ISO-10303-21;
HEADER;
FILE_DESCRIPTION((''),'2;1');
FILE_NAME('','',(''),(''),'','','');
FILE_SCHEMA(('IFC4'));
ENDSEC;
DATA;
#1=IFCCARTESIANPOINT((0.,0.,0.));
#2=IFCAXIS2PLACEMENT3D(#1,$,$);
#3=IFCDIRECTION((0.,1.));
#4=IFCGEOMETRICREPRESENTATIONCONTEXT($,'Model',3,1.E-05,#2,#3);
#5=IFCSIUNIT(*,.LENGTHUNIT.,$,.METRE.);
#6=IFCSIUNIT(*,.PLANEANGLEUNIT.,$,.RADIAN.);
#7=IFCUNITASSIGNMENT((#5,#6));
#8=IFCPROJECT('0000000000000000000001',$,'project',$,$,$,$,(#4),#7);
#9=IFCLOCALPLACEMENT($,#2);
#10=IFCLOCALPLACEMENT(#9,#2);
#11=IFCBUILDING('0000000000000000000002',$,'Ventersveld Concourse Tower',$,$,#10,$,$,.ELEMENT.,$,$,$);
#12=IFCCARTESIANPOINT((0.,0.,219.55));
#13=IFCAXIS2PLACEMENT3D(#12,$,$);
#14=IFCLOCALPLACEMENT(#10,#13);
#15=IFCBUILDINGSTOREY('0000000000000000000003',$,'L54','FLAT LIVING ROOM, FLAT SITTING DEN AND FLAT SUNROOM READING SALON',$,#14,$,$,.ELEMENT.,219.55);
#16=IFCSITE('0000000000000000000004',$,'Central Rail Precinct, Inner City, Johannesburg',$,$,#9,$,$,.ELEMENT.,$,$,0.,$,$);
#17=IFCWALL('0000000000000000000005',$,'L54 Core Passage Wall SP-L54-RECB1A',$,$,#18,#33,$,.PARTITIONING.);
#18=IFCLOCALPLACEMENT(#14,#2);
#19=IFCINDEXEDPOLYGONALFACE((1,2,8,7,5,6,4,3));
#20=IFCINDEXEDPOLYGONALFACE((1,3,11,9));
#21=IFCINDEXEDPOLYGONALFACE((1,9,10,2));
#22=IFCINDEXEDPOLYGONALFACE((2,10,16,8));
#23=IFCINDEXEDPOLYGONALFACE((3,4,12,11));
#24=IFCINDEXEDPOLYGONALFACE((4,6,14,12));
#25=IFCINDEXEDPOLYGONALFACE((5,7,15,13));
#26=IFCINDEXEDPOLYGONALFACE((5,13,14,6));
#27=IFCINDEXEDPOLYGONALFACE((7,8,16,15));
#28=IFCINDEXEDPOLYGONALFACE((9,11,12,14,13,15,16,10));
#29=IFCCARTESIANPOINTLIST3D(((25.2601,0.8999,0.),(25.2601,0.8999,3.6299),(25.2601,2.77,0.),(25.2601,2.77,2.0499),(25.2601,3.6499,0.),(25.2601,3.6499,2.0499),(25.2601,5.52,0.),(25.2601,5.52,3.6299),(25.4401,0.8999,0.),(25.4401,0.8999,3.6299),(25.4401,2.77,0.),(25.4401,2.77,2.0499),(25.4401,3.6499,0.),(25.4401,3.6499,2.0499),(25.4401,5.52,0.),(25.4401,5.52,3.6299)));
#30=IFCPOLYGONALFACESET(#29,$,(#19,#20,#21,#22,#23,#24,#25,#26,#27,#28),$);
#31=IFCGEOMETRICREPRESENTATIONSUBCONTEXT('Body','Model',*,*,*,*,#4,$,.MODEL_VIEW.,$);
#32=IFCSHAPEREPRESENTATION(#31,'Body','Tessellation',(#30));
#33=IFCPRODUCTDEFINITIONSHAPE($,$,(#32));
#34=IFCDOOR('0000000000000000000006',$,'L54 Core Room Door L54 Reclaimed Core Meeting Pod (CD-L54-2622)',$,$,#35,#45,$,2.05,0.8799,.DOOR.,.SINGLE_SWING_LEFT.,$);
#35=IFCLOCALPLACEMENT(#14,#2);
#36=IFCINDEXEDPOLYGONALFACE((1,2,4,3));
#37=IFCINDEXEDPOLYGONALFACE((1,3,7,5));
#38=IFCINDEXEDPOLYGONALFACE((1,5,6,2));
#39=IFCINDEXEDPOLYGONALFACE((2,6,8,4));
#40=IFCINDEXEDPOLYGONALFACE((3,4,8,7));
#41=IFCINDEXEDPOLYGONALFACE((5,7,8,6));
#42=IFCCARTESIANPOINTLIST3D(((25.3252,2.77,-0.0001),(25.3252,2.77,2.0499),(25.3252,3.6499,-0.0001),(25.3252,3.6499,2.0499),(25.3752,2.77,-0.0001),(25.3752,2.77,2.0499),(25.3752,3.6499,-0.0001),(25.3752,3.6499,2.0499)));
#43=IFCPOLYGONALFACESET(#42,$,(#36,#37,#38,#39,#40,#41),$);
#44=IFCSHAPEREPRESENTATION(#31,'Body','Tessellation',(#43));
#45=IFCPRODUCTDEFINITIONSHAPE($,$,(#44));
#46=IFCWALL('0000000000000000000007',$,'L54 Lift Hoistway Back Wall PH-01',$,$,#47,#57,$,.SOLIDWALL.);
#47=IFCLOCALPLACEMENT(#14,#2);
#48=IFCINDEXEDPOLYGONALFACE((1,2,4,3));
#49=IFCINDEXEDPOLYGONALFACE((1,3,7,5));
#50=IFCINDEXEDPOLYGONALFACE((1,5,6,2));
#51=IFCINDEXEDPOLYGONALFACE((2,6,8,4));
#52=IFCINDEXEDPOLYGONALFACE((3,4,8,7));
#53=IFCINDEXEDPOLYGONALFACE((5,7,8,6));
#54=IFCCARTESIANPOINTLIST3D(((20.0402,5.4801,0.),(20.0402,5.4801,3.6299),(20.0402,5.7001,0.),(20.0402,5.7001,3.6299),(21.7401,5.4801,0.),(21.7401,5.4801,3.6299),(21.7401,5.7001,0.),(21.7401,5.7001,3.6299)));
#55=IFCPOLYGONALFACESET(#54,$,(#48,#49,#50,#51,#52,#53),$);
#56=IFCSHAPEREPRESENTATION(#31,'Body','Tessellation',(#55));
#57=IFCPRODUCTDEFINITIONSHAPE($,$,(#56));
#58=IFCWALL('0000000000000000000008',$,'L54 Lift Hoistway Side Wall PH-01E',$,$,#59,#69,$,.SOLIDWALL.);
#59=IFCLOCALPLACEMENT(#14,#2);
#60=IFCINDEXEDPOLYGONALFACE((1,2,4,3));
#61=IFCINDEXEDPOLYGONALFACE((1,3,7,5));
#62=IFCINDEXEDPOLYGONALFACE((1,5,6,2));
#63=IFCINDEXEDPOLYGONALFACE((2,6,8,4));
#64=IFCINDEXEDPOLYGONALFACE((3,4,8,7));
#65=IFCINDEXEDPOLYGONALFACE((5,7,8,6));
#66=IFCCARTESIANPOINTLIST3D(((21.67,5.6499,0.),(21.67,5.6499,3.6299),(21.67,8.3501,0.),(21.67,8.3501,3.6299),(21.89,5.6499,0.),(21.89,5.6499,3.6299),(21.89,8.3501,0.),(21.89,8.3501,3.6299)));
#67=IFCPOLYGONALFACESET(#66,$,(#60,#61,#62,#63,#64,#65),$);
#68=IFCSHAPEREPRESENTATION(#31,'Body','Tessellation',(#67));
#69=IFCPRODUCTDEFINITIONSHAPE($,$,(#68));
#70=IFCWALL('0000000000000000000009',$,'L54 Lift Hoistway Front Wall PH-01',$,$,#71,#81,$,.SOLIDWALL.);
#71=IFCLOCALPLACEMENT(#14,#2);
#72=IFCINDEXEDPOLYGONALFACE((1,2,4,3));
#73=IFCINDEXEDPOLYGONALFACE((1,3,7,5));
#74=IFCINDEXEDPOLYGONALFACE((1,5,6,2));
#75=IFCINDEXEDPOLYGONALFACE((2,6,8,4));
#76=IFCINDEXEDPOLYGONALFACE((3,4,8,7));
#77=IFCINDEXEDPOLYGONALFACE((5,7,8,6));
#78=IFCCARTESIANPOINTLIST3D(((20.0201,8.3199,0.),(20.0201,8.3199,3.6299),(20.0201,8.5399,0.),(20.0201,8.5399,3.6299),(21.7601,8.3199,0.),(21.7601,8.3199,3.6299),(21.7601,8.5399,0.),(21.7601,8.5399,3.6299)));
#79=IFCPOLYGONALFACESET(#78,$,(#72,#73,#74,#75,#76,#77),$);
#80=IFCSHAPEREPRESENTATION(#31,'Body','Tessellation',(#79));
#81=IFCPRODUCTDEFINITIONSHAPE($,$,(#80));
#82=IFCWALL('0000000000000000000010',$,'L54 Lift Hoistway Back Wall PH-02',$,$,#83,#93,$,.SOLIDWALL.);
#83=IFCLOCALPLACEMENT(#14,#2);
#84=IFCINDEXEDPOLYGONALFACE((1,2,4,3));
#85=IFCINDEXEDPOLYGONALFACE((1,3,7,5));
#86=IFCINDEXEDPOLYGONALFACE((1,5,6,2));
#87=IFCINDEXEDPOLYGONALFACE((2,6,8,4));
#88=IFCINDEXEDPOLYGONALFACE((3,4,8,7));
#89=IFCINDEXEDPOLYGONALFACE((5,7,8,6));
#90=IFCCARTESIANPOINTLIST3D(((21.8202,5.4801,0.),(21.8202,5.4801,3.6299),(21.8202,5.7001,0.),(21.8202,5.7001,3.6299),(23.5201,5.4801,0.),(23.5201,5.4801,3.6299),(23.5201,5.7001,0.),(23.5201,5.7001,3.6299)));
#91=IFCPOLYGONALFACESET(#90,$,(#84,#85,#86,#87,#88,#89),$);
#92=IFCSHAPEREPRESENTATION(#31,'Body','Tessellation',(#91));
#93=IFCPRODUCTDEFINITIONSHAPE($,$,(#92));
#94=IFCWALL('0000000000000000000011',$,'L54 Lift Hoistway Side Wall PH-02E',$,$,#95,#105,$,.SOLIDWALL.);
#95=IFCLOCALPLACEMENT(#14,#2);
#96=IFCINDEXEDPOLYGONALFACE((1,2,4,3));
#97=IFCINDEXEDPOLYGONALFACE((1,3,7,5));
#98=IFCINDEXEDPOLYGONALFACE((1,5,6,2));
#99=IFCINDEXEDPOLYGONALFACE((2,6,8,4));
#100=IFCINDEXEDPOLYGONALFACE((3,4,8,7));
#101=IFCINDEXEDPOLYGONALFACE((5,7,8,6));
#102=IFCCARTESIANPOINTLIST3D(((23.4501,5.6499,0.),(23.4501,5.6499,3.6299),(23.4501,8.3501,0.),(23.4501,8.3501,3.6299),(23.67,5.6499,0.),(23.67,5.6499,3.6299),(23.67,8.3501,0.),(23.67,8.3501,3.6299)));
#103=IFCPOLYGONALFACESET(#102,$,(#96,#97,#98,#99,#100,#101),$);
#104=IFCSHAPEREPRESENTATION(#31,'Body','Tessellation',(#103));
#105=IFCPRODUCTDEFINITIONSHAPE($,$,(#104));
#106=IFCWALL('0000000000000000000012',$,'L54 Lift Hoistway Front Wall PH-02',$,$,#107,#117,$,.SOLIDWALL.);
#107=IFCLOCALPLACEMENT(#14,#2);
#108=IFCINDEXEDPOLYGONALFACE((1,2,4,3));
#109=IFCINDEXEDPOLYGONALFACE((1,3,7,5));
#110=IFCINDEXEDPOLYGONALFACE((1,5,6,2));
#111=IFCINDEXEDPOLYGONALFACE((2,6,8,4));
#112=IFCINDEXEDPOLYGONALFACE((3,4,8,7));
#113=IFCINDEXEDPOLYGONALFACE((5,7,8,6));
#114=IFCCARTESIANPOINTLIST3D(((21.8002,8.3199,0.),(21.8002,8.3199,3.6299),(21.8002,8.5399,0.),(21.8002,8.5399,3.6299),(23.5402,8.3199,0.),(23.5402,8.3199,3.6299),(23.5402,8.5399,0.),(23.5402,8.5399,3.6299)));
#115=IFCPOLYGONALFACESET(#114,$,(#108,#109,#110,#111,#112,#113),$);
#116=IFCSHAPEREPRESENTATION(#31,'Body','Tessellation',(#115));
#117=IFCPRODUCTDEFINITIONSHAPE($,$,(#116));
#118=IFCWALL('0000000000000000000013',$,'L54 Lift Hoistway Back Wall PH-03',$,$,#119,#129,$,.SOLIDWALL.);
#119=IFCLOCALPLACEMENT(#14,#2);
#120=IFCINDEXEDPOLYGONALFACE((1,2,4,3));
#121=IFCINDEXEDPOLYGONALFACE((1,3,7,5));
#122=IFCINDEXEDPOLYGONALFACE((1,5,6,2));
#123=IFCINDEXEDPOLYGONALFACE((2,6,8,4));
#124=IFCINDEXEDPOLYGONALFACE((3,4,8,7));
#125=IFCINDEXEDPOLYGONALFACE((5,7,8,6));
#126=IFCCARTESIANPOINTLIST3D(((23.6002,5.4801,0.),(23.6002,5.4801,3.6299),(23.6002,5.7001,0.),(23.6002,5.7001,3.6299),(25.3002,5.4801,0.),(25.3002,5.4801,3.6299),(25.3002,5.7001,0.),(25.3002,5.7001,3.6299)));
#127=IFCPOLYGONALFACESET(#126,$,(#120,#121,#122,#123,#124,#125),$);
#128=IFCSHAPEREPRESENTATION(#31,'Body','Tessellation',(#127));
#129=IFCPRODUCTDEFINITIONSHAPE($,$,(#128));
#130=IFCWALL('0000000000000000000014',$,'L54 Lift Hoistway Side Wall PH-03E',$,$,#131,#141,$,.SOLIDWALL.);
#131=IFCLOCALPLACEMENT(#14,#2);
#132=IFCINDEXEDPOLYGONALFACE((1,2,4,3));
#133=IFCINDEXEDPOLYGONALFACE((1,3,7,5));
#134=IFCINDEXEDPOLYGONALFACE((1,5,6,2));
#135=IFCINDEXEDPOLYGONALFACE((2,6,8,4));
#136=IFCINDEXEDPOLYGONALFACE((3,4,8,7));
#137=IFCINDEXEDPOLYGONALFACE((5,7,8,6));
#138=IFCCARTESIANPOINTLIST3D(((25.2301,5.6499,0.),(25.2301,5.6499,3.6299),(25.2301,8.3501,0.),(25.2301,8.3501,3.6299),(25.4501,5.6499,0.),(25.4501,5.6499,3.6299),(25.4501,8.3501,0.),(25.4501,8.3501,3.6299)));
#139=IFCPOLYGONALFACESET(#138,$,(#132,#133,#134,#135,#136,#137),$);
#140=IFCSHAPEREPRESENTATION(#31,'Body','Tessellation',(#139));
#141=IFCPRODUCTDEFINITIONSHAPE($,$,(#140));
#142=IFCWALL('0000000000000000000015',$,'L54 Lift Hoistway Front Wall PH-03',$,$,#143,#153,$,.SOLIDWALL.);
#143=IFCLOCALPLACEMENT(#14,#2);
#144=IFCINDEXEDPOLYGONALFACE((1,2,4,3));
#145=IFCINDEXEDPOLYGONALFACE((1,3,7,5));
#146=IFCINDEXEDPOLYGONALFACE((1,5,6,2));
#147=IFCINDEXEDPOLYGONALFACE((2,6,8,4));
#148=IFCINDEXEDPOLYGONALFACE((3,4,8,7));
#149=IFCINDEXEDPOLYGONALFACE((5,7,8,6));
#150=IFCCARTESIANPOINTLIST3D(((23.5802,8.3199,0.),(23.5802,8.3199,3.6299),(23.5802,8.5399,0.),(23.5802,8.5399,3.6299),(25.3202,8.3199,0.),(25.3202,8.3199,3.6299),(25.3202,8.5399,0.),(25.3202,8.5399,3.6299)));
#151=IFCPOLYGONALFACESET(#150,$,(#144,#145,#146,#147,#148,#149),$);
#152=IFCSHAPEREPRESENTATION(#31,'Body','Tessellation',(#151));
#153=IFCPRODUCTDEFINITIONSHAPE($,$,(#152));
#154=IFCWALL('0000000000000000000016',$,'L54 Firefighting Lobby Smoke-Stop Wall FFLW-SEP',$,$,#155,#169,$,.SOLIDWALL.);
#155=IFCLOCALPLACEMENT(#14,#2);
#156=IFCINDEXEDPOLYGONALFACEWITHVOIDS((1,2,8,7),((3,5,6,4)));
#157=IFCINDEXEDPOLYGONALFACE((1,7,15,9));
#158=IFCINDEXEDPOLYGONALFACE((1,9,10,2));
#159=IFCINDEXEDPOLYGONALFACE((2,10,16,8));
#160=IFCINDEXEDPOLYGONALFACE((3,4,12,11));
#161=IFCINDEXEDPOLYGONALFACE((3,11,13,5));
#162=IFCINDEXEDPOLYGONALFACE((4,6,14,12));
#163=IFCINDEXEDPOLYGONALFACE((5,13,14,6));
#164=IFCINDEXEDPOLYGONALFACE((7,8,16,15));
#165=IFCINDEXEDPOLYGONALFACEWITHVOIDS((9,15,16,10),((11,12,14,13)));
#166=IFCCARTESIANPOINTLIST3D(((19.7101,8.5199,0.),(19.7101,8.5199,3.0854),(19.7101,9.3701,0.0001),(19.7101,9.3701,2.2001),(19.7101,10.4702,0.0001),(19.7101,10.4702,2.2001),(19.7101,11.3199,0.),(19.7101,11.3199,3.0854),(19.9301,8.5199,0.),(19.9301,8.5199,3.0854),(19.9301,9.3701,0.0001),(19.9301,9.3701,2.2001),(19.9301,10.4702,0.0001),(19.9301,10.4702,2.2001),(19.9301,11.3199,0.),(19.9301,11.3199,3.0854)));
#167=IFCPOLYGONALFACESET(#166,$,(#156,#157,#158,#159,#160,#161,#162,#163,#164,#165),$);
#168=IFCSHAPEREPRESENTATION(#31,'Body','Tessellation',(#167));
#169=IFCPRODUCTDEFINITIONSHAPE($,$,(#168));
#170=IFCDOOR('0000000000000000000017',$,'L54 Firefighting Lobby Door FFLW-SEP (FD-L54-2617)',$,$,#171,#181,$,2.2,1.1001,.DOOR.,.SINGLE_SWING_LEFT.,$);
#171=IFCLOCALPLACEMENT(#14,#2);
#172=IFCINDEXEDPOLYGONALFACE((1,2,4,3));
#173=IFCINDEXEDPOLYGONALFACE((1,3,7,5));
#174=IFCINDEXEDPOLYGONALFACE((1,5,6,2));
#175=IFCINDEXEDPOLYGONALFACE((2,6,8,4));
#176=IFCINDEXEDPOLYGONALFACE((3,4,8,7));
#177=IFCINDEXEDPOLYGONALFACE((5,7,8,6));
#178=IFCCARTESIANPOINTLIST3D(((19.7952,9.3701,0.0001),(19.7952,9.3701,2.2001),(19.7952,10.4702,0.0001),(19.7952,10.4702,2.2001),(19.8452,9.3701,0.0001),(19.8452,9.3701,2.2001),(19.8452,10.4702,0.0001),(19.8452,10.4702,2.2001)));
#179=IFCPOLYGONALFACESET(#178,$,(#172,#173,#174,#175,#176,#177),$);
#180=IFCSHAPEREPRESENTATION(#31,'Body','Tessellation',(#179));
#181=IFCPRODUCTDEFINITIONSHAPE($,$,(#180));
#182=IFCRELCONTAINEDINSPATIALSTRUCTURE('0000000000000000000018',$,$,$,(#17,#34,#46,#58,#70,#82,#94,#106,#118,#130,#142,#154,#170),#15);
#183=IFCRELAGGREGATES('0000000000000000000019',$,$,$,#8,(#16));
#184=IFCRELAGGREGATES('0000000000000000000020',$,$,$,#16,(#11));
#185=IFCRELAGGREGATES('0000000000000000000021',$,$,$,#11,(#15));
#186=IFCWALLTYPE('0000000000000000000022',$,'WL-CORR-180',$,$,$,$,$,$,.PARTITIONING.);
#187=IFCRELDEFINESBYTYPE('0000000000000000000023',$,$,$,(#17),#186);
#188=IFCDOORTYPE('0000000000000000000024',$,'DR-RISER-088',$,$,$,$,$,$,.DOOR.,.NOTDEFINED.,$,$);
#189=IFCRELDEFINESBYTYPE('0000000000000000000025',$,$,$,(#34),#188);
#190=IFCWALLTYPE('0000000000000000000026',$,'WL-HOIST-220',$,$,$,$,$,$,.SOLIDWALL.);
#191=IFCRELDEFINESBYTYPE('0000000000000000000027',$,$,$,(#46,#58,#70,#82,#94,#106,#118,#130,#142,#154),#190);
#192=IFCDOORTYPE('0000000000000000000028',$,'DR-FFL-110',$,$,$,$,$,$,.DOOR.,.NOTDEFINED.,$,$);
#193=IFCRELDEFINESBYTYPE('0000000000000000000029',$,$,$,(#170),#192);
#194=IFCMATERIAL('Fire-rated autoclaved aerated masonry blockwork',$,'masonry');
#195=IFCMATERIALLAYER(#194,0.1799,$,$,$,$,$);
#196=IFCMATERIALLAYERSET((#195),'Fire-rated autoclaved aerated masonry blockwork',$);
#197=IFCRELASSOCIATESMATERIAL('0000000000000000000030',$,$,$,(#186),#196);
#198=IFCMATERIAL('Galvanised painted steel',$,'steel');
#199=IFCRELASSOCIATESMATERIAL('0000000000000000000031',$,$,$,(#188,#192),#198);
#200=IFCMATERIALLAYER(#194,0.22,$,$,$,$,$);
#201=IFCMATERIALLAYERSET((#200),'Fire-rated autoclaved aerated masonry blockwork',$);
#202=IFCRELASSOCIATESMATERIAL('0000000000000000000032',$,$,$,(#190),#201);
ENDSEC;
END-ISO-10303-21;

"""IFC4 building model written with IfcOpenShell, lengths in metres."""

from ifc_helpers import new_model, si_unit, direction, frame, frame_2d, origin, place, context, subcontext, project, spatial, rectangle, extrude, material, layer, layer_set, type_object, element, fill, save


model = new_model("IFC4")

# Units and contexts
model_context = context("Model", 3, precision=1e-05, world=origin(), true_north=direction((0.0, 1.0)))
body_context = subcontext(model_context, "Body", "Model", "MODEL_VIEW")
ifc_project = project(units=[si_unit("LENGTHUNIT", "METRE"), si_unit("PLANEANGLEUNIT", "RADIAN")], contexts=[model_context])

# Site, building, storey
site_placement = place(None, origin())
site = spatial("IfcSite", under=ifc_project, at=site_placement, Name="Central Rail Precinct, Inner City, Johannesburg", CompositionType="ELEMENT", RefElevation=0.0)
building_placement = place(site_placement, origin())
building = spatial("IfcBuilding", under=site, at=building_placement, Name="Ventersveld Concourse Tower", CompositionType="ELEMENT")
storey_placement = place(building_placement, frame((0.0, 0.0, 219.55)))
storey = spatial("IfcBuildingStorey", under=building, at=storey_placement, Name="L54", Description="FLAT LIVING ROOM, FLAT SITTING DEN AND FLAT SUNROOM READING SALON", CompositionType="ELEMENT", Elevation=219.55)

# Wall, opening, door
ifc_material_1 = material(Name="Fire-rated autoclaved aerated masonry blockwork", Category="masonry")
ifc_layer_1 = layer(ifc_material_1, 0.1799)
ifc_layer_set_1 = layer_set([ifc_layer_1], Name="Fire-rated autoclaved aerated masonry blockwork")
wall_type_1 = type_object("IfcWallType", Name="WL-CORR-180", PredefinedType="PARTITIONING", material=ifc_layer_set_1)
wall_1_placement = place(storey_placement, frame((25.3501, 0.8999, 0.0), z_axis=(0.0, 0.0, 1.0), x_axis=(0.0, 1.0, 0.0)))
wall_1 = element("IfcWall", 1, at=wall_1_placement, inside=storey, type_object=wall_type_1, Name="L54 Core Passage Wall SP-L54-RECB1A", PredefinedType="PARTITIONING", context=body_context, shape_type="SweptSolid", body=[
    extrude(rectangle(XDim=4.6201, YDim=0.1799, at=frame_2d((2.3101, 0.0))), origin(), (0.0, 0.0, 1.0), 3.6299),
])
opening_1_placement = place(wall_1_placement, frame((1.8701, 0.0, 0.0)))
opening_1 = element("IfcOpeningElement", 2, at=opening_1_placement, cuts=wall_1, PredefinedType="OPENING", context=body_context, shape_type="SweptSolid", body=[
    extrude(rectangle(XDim=0.8799, YDim=2.05, at=frame_2d((0.4399, 1.0249))), frame((0.0, 0.1001, 0.0), z_axis=(0.0, -1.0, 0.0), x_axis=(1.0, 0.0, 0.0)), (0.0, 0.0, 1.0), 0.2),
])
ifc_material_2 = material(Name="Galvanised painted steel", Category="steel")
door_type_1 = type_object("IfcDoorType", Name="DR-RISER-088", OperationType="NOTDEFINED", PredefinedType="DOOR", material=ifc_material_2)
door_1_placement = place(opening_1_placement, origin())
door_1 = element("IfcDoor", 3, at=door_1_placement, inside=storey, type_object=door_type_1, Name="L54 Core Room Door L54 Reclaimed Core Meeting Pod (CD-L54-2622)", OperationType="SINGLE_SWING_LEFT", OverallHeight=2.05, OverallWidth=0.8799, PredefinedType="DOOR", context=body_context, shape_type="SweptSolid", body=[
    extrude(rectangle(XDim=0.8799, YDim=2.05, at=frame_2d((0.4399, 1.0249))), frame((0.0, 0.0249, 0.0), z_axis=(0.0, -1.0, 0.0), x_axis=(1.0, 0.0, 0.0)), (0.0, 0.0, 1.0), 0.05),
])
fill(opening_1, door_1)

# Walls
ifc_layer_2 = layer(ifc_material_1, 0.22)
ifc_layer_set_2 = layer_set([ifc_layer_2], Name="Fire-rated autoclaved aerated masonry blockwork")
wall_type_2 = type_object("IfcWallType", Name="WL-HOIST-220", PredefinedType="SOLIDWALL", material=ifc_layer_set_2)
wall_2_placement = place(storey_placement, frame((20.04, 5.5901, 0.0), z_axis=(0.0, 0.0, 1.0), x_axis=(1.0, 0.0, 0.0)))
element("IfcWall", 4, at=wall_2_placement, inside=storey, type_object=wall_type_2, Name="L54 Lift Hoistway Back Wall PH-01", PredefinedType="SOLIDWALL", context=body_context, shape_type="SweptSolid", body=[
    extrude(rectangle(XDim=1.7, YDim=0.22, at=frame_2d((0.8501, 0.0))), origin(), (0.0, 0.0, 1.0), 3.6299),
])
wall_3_placement = place(storey_placement, frame((21.78, 5.6499, 0.0), z_axis=(0.0, 0.0, 1.0), x_axis=(0.0, 1.0, 0.0)))
element("IfcWall", 5, at=wall_3_placement, inside=storey, type_object=wall_type_2, Name="L54 Lift Hoistway Side Wall PH-01E", PredefinedType="SOLIDWALL", context=body_context, shape_type="SweptSolid", body=[
    extrude(rectangle(XDim=2.7002, YDim=0.22, at=frame_2d((1.3501, 0.0))), origin(), (0.0, 0.0, 1.0), 3.6299),
])
wall_4_placement = place(storey_placement, frame((20.02, 8.4299, 0.0), z_axis=(0.0, 0.0, 1.0), x_axis=(1.0, 0.0, 0.0)))
element("IfcWall", 6, at=wall_4_placement, inside=storey, type_object=wall_type_2, Name="L54 Lift Hoistway Front Wall PH-01", PredefinedType="SOLIDWALL", context=body_context, shape_type="SweptSolid", body=[
    extrude(rectangle(XDim=1.74, YDim=0.22, at=frame_2d((0.8701, 0.0))), origin(), (0.0, 0.0, 1.0), 3.6299),
])
wall_5_placement = place(storey_placement, frame((21.8201, 5.5901, 0.0), z_axis=(0.0, 0.0, 1.0), x_axis=(1.0, 0.0, 0.0)))
element("IfcWall", 7, at=wall_5_placement, inside=storey, type_object=wall_type_2, Name="L54 Lift Hoistway Back Wall PH-02", PredefinedType="SOLIDWALL", context=body_context, shape_type="SweptSolid", body=[
    extrude(rectangle(XDim=1.7, YDim=0.22, at=frame_2d((0.8501, 0.0))), origin(), (0.0, 0.0, 1.0), 3.6299),
])
wall_6_placement = place(storey_placement, frame((23.5601, 5.6499, 0.0), z_axis=(0.0, 0.0, 1.0), x_axis=(0.0, 1.0, 0.0)))
element("IfcWall", 8, at=wall_6_placement, inside=storey, type_object=wall_type_2, Name="L54 Lift Hoistway Side Wall PH-02E", PredefinedType="SOLIDWALL", context=body_context, shape_type="SweptSolid", body=[
    extrude(rectangle(XDim=2.7002, YDim=0.22, at=frame_2d((1.3501, 0.0))), origin(), (0.0, 0.0, 1.0), 3.6299),
])
wall_7_placement = place(storey_placement, frame((21.8, 8.4299, 0.0), z_axis=(0.0, 0.0, 1.0), x_axis=(1.0, 0.0, 0.0)))
element("IfcWall", 9, at=wall_7_placement, inside=storey, type_object=wall_type_2, Name="L54 Lift Hoistway Front Wall PH-02", PredefinedType="SOLIDWALL", context=body_context, shape_type="SweptSolid", body=[
    extrude(rectangle(XDim=1.74, YDim=0.22, at=frame_2d((0.8701, 0.0))), origin(), (0.0, 0.0, 1.0), 3.6299),
])
wall_8_placement = place(storey_placement, frame((23.6001, 5.5901, 0.0), z_axis=(0.0, 0.0, 1.0), x_axis=(1.0, 0.0, 0.0)))
element("IfcWall", 10, at=wall_8_placement, inside=storey, type_object=wall_type_2, Name="L54 Lift Hoistway Back Wall PH-03", PredefinedType="SOLIDWALL", context=body_context, shape_type="SweptSolid", body=[
    extrude(rectangle(XDim=1.7, YDim=0.22, at=frame_2d((0.8501, 0.0))), origin(), (0.0, 0.0, 1.0), 3.6299),
])
wall_9_placement = place(storey_placement, frame((25.3401, 5.6499, 0.0), z_axis=(0.0, 0.0, 1.0), x_axis=(0.0, 1.0, 0.0)))
element("IfcWall", 11, at=wall_9_placement, inside=storey, type_object=wall_type_2, Name="L54 Lift Hoistway Side Wall PH-03E", PredefinedType="SOLIDWALL", context=body_context, shape_type="SweptSolid", body=[
    extrude(rectangle(XDim=2.7002, YDim=0.22, at=frame_2d((1.3501, 0.0))), origin(), (0.0, 0.0, 1.0), 3.6299),
])
wall_10_placement = place(storey_placement, frame((23.5801, 8.4299, 0.0), z_axis=(0.0, 0.0, 1.0), x_axis=(1.0, 0.0, 0.0)))
element("IfcWall", 12, at=wall_10_placement, inside=storey, type_object=wall_type_2, Name="L54 Lift Hoistway Front Wall PH-03", PredefinedType="SOLIDWALL", context=body_context, shape_type="SweptSolid", body=[
    extrude(rectangle(XDim=1.74, YDim=0.22, at=frame_2d((0.8701, 0.0))), origin(), (0.0, 0.0, 1.0), 3.6299),
])

# Wall, opening, door
wall_11_placement = place(storey_placement, frame((19.8201, 8.52, 0.0), z_axis=(0.0, 0.0, 1.0), x_axis=(0.0, 1.0, 0.0)))
wall_11 = element("IfcWall", 13, at=wall_11_placement, inside=storey, type_object=wall_type_2, Name="L54 Firefighting Lobby Smoke-Stop Wall FFLW-SEP", PredefinedType="SOLIDWALL", context=body_context, shape_type="SweptSolid", body=[
    extrude(rectangle(XDim=2.8, YDim=0.22, at=frame_2d((1.3999, 0.0))), origin(), (0.0, 0.0, 1.0), 3.0854),
])
opening_2_placement = place(wall_11_placement, frame((0.8501, 0.0, 0.0)))
opening_2 = element("IfcOpeningElement", 14, at=opening_2_placement, cuts=wall_11, PredefinedType="OPENING", context=body_context, shape_type="SweptSolid", body=[
    extrude(rectangle(XDim=1.1001, YDim=2.2, at=frame_2d((0.55, 1.1001))), frame((0.0, 0.1201, 0.0), z_axis=(0.0, -1.0, 0.0), x_axis=(1.0, 0.0, 0.0)), (0.0, 0.0, 1.0), 0.24),
])
door_type_2 = type_object("IfcDoorType", Name="DR-FFL-110", OperationType="NOTDEFINED", PredefinedType="DOOR", material=ifc_material_2)
door_2_placement = place(opening_2_placement, origin())
door_2 = element("IfcDoor", 15, at=door_2_placement, inside=storey, type_object=door_type_2, Name="L54 Firefighting Lobby Door FFLW-SEP (FD-L54-2617)", OperationType="SINGLE_SWING_LEFT", OverallHeight=2.2, OverallWidth=1.1001, PredefinedType="DOOR", context=body_context, shape_type="SweptSolid", body=[
    extrude(rectangle(XDim=1.1001, YDim=2.2, at=frame_2d((0.55, 1.1001))), frame((0.0, 0.0249, 0.0), z_axis=(0.0, -1.0, 0.0), x_axis=(1.0, 0.0, 0.0)), (0.0, 0.0, 1.0), 0.05),
])
fill(opening_2, door_2)

save(model, "model.ifc")
